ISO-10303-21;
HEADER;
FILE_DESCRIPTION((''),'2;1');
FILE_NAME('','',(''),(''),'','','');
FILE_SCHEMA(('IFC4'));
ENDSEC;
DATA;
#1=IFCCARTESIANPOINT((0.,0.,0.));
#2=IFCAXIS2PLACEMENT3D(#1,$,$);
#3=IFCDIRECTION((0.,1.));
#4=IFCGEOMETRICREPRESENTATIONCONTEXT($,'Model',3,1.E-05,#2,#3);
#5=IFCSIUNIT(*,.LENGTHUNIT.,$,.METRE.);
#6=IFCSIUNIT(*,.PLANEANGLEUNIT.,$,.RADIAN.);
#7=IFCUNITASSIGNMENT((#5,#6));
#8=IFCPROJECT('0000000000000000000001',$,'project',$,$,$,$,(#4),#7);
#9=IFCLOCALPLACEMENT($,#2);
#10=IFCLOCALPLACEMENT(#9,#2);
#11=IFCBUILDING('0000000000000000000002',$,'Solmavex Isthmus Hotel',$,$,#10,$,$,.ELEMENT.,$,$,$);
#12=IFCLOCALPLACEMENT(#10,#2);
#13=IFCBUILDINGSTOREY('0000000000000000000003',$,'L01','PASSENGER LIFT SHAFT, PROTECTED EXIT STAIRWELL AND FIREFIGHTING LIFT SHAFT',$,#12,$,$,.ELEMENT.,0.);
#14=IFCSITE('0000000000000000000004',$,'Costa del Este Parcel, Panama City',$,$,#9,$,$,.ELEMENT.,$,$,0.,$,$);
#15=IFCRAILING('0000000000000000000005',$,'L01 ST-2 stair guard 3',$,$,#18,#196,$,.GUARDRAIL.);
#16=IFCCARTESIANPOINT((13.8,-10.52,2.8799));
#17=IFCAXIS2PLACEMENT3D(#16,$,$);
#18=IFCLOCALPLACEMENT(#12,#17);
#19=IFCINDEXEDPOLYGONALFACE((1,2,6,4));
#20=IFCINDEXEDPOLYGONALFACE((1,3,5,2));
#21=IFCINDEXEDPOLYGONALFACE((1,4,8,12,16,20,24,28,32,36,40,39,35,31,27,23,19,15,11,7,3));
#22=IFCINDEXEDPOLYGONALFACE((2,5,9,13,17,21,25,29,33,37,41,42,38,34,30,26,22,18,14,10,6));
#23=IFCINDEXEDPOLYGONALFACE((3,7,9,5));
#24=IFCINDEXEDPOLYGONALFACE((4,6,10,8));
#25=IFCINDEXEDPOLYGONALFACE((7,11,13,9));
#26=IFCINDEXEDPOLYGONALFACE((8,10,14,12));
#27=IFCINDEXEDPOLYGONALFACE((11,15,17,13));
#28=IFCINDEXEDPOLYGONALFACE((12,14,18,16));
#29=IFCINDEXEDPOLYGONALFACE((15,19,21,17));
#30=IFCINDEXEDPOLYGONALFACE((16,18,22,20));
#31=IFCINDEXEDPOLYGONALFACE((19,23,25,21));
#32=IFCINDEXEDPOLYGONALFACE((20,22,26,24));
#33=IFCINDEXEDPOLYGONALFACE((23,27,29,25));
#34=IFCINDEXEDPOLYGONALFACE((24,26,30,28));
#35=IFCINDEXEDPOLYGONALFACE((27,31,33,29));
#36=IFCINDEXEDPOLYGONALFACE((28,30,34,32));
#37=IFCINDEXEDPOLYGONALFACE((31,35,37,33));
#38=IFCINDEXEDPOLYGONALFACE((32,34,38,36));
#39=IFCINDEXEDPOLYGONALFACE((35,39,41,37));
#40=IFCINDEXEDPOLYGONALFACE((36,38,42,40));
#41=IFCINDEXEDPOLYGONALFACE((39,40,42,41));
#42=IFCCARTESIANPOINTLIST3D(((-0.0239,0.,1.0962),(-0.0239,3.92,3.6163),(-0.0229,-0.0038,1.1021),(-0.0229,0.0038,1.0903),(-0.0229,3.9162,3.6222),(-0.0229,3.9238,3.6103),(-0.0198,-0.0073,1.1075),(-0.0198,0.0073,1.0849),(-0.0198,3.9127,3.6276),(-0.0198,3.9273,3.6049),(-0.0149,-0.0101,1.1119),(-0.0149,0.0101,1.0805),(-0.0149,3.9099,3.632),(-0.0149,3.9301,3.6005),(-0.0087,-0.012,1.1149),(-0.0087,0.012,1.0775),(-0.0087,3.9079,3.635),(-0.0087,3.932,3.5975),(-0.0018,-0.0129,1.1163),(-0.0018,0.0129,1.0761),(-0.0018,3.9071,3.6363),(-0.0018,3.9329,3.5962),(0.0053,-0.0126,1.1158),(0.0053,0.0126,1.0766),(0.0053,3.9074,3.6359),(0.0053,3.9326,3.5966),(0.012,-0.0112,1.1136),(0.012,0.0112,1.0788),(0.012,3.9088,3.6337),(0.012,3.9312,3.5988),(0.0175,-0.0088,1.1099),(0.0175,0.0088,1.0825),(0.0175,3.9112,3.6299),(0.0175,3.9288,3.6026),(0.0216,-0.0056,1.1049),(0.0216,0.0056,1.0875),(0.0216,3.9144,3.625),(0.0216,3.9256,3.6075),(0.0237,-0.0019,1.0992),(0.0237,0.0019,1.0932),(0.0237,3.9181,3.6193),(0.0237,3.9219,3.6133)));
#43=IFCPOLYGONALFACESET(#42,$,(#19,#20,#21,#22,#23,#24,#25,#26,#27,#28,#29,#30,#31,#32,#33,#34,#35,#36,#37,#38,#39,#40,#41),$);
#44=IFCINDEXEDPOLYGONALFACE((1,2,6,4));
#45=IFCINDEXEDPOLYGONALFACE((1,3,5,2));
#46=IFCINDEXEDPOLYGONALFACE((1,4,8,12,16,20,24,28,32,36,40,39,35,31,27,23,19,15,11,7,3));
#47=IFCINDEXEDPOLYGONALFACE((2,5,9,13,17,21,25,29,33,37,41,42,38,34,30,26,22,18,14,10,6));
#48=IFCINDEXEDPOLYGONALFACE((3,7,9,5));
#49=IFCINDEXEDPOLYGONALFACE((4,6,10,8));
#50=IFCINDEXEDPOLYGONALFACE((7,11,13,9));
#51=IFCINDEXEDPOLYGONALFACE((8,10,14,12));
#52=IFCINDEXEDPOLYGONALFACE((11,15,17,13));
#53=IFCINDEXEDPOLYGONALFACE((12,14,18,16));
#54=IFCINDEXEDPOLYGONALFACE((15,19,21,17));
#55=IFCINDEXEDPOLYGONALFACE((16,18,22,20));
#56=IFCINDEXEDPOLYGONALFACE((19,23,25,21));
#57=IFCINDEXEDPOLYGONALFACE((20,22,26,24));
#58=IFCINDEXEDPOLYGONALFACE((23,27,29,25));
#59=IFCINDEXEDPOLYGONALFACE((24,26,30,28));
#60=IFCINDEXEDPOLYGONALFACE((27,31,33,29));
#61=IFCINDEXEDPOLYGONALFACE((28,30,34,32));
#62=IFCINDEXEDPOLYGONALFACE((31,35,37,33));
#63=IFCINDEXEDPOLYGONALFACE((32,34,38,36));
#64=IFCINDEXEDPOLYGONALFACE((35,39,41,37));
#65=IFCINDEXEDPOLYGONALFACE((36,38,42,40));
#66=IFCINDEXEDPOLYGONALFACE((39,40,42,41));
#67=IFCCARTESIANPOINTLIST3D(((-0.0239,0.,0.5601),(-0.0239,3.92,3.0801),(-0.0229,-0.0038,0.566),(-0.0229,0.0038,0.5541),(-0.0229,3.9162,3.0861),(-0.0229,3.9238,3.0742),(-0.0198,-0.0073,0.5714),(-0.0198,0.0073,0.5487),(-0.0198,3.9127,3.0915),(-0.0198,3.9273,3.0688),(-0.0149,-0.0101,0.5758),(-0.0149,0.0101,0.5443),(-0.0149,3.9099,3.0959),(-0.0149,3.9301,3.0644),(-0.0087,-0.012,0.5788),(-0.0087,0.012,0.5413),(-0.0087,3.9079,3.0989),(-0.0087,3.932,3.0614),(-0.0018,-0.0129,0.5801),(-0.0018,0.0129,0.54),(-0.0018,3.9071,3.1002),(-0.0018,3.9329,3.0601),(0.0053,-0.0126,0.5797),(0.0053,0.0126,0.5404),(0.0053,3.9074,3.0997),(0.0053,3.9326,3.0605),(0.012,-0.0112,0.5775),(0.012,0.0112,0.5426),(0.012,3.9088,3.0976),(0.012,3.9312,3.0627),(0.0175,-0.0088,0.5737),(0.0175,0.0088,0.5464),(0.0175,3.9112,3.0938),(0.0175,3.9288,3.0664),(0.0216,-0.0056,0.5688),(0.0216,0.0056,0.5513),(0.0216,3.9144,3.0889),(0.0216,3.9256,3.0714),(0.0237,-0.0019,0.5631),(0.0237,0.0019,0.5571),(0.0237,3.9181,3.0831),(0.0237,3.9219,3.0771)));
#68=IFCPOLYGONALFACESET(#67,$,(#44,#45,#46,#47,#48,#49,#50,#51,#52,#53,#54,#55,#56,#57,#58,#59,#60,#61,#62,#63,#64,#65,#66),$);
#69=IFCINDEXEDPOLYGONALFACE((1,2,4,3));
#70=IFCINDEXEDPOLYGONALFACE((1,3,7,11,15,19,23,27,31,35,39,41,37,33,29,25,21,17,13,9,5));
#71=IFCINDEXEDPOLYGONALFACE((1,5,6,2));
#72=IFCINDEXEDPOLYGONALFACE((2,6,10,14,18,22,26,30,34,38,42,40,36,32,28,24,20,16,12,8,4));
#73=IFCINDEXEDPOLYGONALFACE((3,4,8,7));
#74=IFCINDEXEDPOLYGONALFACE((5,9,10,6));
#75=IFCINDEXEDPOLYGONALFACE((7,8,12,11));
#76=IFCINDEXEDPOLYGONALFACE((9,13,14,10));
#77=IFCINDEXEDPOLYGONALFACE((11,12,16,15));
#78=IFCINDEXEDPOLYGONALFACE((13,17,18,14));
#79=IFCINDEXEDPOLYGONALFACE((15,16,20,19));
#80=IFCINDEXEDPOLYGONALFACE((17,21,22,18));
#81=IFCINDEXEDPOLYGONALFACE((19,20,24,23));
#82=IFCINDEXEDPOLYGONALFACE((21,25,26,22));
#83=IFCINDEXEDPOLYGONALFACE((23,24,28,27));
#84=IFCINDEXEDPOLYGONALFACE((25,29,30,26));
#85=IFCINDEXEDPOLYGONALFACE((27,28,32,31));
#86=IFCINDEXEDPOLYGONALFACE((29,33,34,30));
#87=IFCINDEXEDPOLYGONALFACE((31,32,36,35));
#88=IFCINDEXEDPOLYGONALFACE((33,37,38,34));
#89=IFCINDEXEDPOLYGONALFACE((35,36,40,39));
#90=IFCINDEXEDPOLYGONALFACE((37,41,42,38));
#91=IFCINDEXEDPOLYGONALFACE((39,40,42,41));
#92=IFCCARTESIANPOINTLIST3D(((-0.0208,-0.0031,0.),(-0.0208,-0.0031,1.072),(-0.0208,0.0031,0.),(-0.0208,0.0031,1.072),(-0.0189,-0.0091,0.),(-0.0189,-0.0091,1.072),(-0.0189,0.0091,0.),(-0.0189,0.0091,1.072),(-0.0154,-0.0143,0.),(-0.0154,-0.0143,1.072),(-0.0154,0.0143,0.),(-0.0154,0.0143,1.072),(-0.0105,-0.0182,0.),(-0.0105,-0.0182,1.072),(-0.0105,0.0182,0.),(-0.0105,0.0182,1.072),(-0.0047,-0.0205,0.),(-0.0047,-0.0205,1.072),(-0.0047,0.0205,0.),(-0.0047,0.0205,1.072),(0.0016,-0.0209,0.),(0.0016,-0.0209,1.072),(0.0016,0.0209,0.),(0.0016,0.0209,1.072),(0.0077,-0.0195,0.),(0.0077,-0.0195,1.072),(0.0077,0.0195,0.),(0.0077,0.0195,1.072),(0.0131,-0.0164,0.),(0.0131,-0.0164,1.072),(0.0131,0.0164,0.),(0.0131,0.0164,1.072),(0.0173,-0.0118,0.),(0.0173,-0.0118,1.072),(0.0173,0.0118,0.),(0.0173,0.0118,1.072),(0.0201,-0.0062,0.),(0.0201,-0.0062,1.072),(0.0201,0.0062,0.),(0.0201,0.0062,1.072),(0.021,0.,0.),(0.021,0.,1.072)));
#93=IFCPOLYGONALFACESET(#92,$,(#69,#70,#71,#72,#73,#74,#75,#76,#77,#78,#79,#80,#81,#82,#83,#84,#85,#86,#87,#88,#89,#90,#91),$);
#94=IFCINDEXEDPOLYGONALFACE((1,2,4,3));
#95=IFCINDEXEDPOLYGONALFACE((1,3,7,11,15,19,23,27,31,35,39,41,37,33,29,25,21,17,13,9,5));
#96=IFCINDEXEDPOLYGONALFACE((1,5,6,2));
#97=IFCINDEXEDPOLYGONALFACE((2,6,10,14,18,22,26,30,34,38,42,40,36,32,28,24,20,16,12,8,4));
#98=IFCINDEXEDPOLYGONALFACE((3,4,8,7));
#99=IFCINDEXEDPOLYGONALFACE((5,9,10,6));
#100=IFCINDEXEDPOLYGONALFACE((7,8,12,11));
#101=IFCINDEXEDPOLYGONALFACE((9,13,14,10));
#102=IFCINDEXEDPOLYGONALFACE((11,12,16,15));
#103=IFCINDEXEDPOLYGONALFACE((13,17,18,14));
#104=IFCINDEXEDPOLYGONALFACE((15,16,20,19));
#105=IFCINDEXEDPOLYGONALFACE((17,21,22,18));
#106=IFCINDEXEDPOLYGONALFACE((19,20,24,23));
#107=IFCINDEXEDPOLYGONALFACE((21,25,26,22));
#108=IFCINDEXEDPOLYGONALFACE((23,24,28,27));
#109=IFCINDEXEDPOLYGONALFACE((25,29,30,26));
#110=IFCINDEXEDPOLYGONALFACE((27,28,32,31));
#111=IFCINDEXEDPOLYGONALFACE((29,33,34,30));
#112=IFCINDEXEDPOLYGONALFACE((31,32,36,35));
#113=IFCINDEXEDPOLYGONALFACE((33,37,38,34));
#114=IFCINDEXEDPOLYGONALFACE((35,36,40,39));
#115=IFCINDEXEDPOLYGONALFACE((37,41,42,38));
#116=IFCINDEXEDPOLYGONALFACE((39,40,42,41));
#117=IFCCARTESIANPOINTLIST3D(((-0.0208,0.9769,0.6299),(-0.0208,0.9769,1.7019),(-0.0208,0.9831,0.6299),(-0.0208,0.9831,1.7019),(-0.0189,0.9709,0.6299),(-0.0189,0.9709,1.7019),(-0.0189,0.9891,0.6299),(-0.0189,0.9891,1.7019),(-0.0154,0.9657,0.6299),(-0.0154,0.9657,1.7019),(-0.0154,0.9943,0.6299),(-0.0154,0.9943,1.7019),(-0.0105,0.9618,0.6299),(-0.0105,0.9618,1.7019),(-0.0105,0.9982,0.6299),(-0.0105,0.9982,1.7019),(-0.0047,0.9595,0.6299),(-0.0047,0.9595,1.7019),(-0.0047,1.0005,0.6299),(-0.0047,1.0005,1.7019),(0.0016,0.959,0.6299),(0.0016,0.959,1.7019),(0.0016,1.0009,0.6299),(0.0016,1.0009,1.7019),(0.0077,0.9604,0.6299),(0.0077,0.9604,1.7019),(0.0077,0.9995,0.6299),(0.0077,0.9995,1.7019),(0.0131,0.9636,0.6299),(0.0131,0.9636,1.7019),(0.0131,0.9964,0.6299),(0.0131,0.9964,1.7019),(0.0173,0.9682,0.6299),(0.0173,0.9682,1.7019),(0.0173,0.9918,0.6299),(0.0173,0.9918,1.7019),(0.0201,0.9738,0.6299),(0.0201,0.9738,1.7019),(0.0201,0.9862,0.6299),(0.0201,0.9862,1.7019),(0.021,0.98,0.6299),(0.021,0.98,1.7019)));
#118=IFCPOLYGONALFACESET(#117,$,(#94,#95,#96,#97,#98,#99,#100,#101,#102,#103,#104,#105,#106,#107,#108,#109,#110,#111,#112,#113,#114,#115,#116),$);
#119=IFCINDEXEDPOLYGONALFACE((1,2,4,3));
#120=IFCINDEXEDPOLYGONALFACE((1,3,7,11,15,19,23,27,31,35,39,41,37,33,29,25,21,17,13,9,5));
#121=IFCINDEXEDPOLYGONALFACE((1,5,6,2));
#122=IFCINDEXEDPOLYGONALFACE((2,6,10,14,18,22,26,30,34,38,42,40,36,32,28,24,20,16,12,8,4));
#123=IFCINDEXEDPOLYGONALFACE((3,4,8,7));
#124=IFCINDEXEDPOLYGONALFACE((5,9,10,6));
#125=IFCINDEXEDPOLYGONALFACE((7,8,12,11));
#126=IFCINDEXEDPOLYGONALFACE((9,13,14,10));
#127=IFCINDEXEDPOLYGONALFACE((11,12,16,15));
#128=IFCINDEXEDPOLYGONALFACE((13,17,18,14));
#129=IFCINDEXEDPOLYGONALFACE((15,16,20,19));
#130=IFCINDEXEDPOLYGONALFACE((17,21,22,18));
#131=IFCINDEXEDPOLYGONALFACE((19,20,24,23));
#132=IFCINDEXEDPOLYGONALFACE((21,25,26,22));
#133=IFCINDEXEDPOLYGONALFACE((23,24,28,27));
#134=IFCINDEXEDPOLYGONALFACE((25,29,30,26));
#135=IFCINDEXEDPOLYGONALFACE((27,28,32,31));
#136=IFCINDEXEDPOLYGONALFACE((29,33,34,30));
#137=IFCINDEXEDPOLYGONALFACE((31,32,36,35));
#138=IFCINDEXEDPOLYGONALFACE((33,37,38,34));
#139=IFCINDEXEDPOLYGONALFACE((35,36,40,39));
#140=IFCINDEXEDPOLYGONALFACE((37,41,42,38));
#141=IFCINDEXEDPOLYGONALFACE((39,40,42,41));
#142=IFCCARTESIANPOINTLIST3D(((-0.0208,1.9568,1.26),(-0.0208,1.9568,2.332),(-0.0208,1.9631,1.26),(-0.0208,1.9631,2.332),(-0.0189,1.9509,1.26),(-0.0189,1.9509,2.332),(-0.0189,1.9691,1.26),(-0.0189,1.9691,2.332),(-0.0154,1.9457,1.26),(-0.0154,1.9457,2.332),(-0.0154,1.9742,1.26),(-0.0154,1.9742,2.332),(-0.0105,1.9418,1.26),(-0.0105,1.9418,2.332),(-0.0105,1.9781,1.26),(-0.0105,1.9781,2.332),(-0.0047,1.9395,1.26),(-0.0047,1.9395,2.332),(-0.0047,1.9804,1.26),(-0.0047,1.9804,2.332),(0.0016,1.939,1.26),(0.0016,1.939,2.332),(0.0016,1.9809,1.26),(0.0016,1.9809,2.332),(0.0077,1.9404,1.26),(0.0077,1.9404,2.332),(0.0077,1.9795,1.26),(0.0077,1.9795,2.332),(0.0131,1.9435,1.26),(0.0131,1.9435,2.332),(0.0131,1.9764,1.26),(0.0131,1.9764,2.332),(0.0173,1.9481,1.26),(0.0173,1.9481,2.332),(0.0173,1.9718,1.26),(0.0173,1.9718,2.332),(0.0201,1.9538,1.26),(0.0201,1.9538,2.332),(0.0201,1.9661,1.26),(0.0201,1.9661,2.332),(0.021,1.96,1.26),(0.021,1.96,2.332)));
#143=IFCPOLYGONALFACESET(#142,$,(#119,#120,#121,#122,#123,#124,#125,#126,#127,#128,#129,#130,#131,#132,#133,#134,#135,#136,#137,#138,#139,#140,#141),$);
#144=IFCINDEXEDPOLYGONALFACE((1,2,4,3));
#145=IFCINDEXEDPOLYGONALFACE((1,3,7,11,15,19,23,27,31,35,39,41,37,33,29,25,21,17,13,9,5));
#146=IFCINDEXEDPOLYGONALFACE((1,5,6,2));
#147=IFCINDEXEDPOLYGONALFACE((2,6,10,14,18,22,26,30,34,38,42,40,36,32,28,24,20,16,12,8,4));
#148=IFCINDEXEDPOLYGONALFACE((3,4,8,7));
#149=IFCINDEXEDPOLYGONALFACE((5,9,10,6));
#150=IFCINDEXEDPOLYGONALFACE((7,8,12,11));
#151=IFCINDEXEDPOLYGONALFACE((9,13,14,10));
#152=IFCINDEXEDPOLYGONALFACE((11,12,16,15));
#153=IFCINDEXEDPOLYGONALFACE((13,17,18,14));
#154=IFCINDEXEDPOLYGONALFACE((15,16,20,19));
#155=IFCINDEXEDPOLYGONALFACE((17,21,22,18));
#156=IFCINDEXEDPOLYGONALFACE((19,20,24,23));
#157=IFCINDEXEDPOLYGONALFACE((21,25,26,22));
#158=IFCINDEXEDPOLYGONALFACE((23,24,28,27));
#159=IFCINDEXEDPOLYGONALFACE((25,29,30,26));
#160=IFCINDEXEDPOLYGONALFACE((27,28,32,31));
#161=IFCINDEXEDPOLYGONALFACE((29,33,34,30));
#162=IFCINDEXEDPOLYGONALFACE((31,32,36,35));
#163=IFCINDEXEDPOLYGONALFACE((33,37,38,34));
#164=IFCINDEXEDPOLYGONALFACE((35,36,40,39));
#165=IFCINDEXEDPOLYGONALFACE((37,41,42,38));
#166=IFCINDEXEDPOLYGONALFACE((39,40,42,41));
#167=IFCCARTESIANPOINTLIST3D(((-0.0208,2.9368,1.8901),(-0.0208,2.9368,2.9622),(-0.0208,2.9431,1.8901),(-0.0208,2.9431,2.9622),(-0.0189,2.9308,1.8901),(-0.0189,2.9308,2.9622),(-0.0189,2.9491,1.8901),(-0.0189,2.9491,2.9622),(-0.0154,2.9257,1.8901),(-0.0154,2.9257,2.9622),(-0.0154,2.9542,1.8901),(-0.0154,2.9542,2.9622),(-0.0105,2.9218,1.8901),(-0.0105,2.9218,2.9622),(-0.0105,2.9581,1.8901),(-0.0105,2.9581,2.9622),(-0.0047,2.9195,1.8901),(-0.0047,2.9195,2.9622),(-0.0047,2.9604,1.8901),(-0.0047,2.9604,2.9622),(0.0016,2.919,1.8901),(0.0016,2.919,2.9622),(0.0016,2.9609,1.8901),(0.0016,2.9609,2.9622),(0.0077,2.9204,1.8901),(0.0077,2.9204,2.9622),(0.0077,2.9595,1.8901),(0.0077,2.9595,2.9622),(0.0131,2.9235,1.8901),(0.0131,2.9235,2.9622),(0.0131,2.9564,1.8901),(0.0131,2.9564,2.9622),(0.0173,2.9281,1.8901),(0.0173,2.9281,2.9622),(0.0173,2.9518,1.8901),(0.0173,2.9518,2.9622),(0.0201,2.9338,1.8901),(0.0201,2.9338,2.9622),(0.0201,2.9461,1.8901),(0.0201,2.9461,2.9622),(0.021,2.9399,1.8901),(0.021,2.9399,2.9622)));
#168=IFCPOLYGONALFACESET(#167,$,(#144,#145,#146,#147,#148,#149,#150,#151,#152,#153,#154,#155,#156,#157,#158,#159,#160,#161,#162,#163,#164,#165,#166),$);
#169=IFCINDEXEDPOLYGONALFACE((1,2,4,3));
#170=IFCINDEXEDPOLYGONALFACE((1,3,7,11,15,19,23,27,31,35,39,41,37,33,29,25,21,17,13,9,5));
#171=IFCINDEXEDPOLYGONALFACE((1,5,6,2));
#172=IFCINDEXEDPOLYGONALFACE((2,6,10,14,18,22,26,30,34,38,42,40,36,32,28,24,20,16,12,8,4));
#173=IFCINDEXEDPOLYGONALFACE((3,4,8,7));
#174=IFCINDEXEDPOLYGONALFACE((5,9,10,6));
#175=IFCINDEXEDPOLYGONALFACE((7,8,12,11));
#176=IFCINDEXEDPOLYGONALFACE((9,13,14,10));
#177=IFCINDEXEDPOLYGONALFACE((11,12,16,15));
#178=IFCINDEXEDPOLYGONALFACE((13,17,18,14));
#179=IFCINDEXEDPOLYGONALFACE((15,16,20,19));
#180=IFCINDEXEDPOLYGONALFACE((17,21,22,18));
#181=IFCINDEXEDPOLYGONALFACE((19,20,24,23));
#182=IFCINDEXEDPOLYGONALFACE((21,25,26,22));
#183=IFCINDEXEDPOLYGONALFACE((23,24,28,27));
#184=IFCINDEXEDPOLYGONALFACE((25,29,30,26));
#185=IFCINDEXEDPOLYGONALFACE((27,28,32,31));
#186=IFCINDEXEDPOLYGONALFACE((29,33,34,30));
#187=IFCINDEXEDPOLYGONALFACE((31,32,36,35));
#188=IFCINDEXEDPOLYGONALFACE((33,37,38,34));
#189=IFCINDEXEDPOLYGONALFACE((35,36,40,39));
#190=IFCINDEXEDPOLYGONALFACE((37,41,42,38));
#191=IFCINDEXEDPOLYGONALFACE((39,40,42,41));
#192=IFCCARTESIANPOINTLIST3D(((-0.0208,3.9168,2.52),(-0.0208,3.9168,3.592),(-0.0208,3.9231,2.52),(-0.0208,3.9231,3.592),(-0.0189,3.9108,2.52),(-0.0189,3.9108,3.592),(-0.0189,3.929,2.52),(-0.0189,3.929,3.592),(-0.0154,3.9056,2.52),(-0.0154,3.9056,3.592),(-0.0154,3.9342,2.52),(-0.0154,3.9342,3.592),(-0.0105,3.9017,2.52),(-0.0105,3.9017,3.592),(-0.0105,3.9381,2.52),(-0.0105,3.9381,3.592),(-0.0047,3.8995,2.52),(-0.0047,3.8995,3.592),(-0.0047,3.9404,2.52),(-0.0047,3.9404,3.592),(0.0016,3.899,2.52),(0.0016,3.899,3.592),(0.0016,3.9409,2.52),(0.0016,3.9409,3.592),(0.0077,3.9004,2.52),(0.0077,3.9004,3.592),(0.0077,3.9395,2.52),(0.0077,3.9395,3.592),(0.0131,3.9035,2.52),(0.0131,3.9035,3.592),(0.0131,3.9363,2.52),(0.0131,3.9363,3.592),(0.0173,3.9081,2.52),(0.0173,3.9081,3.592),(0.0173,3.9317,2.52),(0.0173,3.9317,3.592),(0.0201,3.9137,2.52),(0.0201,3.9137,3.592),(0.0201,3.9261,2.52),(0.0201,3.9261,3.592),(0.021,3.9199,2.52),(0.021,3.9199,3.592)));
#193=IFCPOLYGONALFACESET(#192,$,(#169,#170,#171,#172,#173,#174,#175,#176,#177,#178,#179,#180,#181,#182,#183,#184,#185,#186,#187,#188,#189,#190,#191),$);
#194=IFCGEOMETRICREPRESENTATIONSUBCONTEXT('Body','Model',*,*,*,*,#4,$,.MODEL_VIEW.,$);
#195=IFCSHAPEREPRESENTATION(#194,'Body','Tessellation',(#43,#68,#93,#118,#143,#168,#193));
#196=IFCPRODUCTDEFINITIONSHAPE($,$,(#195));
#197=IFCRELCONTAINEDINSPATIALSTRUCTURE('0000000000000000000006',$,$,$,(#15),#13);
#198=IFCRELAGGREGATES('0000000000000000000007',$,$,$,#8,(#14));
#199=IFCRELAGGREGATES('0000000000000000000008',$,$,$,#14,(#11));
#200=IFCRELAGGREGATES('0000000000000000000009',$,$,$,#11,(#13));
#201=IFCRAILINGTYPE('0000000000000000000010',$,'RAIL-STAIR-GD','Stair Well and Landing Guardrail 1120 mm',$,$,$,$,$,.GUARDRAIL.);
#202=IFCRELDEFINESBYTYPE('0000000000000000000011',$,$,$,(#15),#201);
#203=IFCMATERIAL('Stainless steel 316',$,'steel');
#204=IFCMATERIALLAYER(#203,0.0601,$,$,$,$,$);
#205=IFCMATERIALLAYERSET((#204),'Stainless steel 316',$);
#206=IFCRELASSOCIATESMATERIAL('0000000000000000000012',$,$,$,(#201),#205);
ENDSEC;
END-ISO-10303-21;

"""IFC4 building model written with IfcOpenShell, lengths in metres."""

from ifc_helpers import new_model, si_unit, direction, frame, origin, origin_2d, place, context, subcontext, project, spatial, circle, extrude, material, layer, layer_set, type_object, element, save


model = new_model("IFC4")

# Units and contexts
model_context = context("Model", 3, precision=1e-05, world=origin(), true_north=direction((0.0, 1.0)))
body_context = subcontext(model_context, "Body", "Model", "MODEL_VIEW")
ifc_project = project(units=[si_unit("LENGTHUNIT", "METRE"), si_unit("PLANEANGLEUNIT", "RADIAN")], contexts=[model_context])

# Site, building, storey
site_placement = place(None, origin())
site = spatial("IfcSite", under=ifc_project, at=site_placement, Name="Costa del Este Parcel, Panama City", CompositionType="ELEMENT", RefElevation=0.0)
building_placement = place(site_placement, origin())
building = spatial("IfcBuilding", under=site, at=building_placement, Name="Solmavex Isthmus Hotel", CompositionType="ELEMENT")
storey_placement = place(building_placement, origin())
storey = spatial("IfcBuildingStorey", under=building, at=storey_placement, Name="L01", Description="PASSENGER LIFT SHAFT, PROTECTED EXIT STAIRWELL AND FIREFIGHTING LIFT SHAFT", CompositionType="ELEMENT", Elevation=0.0)

# Railing
ifc_material_1 = material(Name="Stainless steel 316", Category="steel")
ifc_layer_1 = layer(ifc_material_1, 0.0601)
ifc_layer_set_1 = layer_set([ifc_layer_1], Name="Stainless steel 316")
railing_type_1 = type_object("IfcRailingType", Name="RAIL-STAIR-GD", Description="Stair Well and Landing Guardrail 1120 mm", PredefinedType="GUARDRAIL", material=ifc_layer_set_1)
railing_1_placement = place(storey_placement, frame((13.8, -10.52, 2.8799)))
element("IfcRailing", 1, at=railing_1_placement, inside=storey, type_object=railing_type_1, Name="L01 ST-2 stair guard 3", PredefinedType="GUARDRAIL", context=body_context, shape_type="SweptSolid", body=[
    extrude(circle(Radius=0.0239, at=origin_2d()), frame((0.0, 0.0, 1.0962), z_axis=(0.0, 0.841172, 0.540768), x_axis=(-1.0, 0.0, 0.0)), (0.0, 0.0, 1.0), 4.6602),
    extrude(circle(Radius=0.0239, at=origin_2d()), frame((0.0, 0.0, 0.5601), z_axis=(0.0, 0.841172, 0.540768), x_axis=(-1.0, 0.0, 0.0)), (0.0, 0.0, 1.0), 4.6602),
    extrude(circle(Radius=0.021, at=origin_2d()), origin(), (0.0, 0.0, 1.0), 1.072),
    extrude(circle(Radius=0.021, at=origin_2d()), frame((0.0, 0.98, 0.6299)), (0.0, 0.0, 1.0), 1.072),
    extrude(circle(Radius=0.021, at=origin_2d()), frame((0.0, 1.96, 1.26)), (0.0, 0.0, 1.0), 1.072),
    extrude(circle(Radius=0.021, at=origin_2d()), frame((0.0, 2.9399, 1.8901)), (0.0, 0.0, 1.0), 1.072),
    extrude(circle(Radius=0.021, at=origin_2d()), frame((0.0, 3.9199, 2.52)), (0.0, 0.0, 1.0), 1.072),
])

save(model, "model.ifc")
